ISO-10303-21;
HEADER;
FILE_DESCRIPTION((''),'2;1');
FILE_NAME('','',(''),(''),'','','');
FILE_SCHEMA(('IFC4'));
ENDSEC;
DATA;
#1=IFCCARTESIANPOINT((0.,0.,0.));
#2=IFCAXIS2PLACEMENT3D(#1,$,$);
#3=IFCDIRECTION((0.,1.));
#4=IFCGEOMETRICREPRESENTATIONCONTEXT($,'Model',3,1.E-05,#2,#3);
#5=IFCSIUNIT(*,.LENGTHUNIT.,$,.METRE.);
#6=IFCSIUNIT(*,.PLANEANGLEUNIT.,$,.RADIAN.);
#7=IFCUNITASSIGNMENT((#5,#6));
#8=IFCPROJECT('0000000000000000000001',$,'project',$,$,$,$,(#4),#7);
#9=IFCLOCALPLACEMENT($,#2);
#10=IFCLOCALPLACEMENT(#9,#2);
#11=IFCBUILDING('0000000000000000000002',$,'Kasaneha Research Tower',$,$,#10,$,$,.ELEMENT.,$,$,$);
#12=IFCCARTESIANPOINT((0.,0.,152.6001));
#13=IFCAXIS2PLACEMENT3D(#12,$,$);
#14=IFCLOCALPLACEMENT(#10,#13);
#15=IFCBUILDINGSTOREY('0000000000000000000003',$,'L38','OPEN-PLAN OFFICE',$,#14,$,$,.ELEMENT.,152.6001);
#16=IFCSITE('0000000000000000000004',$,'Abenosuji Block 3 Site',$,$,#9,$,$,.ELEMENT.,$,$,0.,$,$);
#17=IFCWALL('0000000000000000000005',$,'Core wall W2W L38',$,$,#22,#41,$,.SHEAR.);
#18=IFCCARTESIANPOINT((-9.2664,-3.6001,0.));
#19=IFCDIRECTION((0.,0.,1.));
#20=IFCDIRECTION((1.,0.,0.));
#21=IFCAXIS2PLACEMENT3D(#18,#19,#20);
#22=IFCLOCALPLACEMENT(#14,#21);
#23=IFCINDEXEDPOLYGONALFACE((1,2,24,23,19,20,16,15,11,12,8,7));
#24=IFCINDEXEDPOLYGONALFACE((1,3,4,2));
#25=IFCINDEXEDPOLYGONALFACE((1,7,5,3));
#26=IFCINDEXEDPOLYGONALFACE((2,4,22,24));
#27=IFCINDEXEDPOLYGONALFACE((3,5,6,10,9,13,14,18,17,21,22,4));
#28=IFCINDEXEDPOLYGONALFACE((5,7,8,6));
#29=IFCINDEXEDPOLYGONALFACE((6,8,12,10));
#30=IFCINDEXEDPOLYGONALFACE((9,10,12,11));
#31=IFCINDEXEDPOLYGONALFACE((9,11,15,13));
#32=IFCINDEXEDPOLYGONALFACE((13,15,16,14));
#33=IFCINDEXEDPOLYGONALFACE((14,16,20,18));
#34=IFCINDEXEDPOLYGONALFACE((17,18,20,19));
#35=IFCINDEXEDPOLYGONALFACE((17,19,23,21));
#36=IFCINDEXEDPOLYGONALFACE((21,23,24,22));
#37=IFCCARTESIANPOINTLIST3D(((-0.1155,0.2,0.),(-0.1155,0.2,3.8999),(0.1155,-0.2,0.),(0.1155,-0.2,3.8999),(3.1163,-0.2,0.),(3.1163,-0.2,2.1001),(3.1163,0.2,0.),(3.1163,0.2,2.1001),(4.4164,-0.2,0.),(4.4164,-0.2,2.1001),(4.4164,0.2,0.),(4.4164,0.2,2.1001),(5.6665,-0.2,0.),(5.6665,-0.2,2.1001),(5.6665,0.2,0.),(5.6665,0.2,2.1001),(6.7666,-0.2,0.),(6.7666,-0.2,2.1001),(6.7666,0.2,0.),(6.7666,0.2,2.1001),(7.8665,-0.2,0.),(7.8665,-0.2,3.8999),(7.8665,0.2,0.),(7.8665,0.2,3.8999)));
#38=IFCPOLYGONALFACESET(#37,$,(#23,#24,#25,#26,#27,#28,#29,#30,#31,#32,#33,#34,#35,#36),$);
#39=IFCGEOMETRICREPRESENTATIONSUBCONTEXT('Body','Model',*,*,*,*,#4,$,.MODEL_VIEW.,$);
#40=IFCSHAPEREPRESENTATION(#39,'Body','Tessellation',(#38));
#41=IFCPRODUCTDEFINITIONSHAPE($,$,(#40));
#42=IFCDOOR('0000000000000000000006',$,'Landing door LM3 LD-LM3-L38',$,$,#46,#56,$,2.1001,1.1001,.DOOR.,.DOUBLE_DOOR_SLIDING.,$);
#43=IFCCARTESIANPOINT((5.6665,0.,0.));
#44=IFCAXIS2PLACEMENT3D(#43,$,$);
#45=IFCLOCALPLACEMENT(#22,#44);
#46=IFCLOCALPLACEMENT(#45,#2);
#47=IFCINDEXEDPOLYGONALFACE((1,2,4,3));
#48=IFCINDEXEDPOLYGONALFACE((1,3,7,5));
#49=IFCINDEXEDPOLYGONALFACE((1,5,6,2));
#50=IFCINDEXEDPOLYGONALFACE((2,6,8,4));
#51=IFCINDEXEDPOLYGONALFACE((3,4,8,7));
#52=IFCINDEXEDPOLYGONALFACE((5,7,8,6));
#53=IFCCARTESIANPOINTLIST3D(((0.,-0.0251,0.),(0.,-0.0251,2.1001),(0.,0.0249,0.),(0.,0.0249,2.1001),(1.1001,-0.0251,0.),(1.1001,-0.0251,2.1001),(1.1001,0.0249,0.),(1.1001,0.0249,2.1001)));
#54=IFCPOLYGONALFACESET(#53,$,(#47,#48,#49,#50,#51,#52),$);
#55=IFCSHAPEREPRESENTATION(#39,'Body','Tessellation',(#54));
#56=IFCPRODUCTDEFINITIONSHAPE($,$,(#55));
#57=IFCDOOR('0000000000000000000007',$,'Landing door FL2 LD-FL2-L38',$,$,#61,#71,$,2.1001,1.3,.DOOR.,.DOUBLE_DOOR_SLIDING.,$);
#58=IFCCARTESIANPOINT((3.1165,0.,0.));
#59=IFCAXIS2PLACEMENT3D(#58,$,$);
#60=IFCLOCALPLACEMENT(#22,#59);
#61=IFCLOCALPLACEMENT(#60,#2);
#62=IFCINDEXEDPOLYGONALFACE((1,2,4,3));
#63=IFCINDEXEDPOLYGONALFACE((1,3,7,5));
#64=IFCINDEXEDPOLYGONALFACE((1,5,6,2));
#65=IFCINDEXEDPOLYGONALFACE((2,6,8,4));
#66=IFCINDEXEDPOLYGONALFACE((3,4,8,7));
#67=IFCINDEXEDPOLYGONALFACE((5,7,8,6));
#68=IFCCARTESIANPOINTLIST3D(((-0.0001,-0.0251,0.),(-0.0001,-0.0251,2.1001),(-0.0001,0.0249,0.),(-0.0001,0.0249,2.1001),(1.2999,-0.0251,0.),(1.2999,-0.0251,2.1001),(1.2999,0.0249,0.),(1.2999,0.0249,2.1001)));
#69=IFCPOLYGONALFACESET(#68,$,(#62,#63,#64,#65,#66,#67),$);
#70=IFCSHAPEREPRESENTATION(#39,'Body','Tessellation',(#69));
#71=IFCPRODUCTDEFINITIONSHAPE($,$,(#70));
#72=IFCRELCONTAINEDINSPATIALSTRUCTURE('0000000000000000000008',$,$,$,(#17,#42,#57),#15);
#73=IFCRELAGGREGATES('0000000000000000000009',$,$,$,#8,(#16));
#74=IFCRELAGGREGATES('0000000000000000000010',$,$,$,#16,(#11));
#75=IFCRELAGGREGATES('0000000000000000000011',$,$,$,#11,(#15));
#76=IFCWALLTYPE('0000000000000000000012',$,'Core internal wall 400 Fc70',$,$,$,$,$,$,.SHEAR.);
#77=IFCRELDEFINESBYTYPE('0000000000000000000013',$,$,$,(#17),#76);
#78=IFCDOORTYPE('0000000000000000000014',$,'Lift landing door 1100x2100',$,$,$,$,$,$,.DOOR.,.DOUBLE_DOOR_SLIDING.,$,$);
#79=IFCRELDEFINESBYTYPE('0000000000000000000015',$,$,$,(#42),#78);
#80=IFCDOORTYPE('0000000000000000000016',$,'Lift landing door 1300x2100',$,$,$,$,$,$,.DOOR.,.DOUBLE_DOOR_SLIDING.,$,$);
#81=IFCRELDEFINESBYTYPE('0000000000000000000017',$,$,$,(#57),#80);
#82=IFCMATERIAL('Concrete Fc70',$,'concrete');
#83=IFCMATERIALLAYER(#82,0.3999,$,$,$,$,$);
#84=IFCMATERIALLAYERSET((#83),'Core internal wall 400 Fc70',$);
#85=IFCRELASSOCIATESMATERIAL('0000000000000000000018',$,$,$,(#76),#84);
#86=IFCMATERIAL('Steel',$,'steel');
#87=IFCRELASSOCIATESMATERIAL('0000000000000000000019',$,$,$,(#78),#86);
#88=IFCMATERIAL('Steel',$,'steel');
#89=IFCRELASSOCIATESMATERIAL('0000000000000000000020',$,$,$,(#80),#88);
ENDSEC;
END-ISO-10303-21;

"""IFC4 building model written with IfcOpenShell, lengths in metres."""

from ifc_helpers import new_model, si_unit, direction, frame, frame_2d, origin, place, context, subcontext, project, spatial, polyline, rectangle, outline, extrude, material, layer, layer_set, type_object, element, fill, save


model = new_model("IFC4")

# Units and contexts
model_context = context("Model", 3, precision=1e-05, world=origin(), true_north=direction((0.0, 1.0)))
body_context = subcontext(model_context, "Body", "Model", "MODEL_VIEW")
ifc_project = project(units=[si_unit("LENGTHUNIT", "METRE"), si_unit("PLANEANGLEUNIT", "RADIAN")], contexts=[model_context])

# Site, building, storey
site_placement = place(None, origin())
site = spatial("IfcSite", under=ifc_project, at=site_placement, Name="Abenosuji Block 3 Site", CompositionType="ELEMENT", RefElevation=0.0)
building_placement = place(site_placement, origin())
building = spatial("IfcBuilding", under=site, at=building_placement, Name="Kasaneha Research Tower", CompositionType="ELEMENT")
storey_placement = place(building_placement, frame((0.0, 0.0, 152.6001)))
storey = spatial("IfcBuildingStorey", under=building, at=storey_placement, Name="L38", Description="OPEN-PLAN OFFICE", CompositionType="ELEMENT", Elevation=152.6001)

# Wall, openings, doors
ifc_material_1 = material(Name="Concrete Fc70", Category="concrete")
ifc_layer_1 = layer(ifc_material_1, 0.3999)
ifc_layer_set_1 = layer_set([ifc_layer_1], Name="Core internal wall 400 Fc70")
wall_type_1 = type_object("IfcWallType", Name="Core internal wall 400 Fc70", PredefinedType="SHEAR", material=ifc_layer_set_1)
wall_1_placement = place(storey_placement, frame((-9.2664, -3.6001, 0.0), z_axis=(0.0, 0.0, 1.0), x_axis=(1.0, 0.0, 0.0)))
wall_1 = element("IfcWall", 1, at=wall_1_placement, inside=storey, type_object=wall_type_1, Name="Core wall W2W L38", PredefinedType="SHEAR", context=body_context, shape_type="SweptSolid", body=[
    extrude(outline(polyline([(0.1155, -0.2), (3.1165, -0.2), (4.4165, -0.2), (5.6665, -0.2), (6.7666, -0.2), (7.8665, -0.2), (7.8665, 0.2), (6.7666, 0.2), (5.6665, 0.2), (4.4165, 0.2), (3.1165, 0.2), (-0.1155, 0.2), (0.1155, -0.2)])), origin(), (0.0, 0.0, 1.0), 3.8999),
])
opening_1_placement = place(wall_1_placement, frame((5.6665, 0.0, 0.0)))
opening_1 = element("IfcOpeningElement", 2, at=opening_1_placement, cuts=wall_1, PredefinedType="OPENING", context=body_context, shape_type="SweptSolid", body=[
    extrude(rectangle(XDim=1.1001, YDim=2.1001, at=frame_2d((0.55, 1.05))), frame((0.0, 0.21, 0.0), z_axis=(0.0, -1.0, 0.0), x_axis=(1.0, 0.0, 0.0)), (0.0, 0.0, 1.0), 0.4199),
])
opening_2_placement = place(wall_1_placement, frame((3.1165, 0.0, 0.0)))
opening_2 = element("IfcOpeningElement", 3, at=opening_2_placement, cuts=wall_1, PredefinedType="OPENING", context=body_context, shape_type="SweptSolid", body=[
    extrude(rectangle(XDim=1.3, YDim=2.1001, at=frame_2d((0.6499, 1.05))), frame((0.0, 0.21, 0.0), z_axis=(0.0, -1.0, 0.0), x_axis=(1.0, 0.0, 0.0)), (0.0, 0.0, 1.0), 0.4199),
])
ifc_material_2 = material(Name="Steel", Category="steel")
door_type_1 = type_object("IfcDoorType", Name="Lift landing door 1100x2100", OperationType="DOUBLE_DOOR_SLIDING", PredefinedType="DOOR", material=ifc_material_2)
door_1_placement = place(opening_1_placement, origin())
door_1 = element("IfcDoor", 4, at=door_1_placement, inside=storey, type_object=door_type_1, Name="Landing door LM3 LD-LM3-L38", OperationType="DOUBLE_DOOR_SLIDING", OverallHeight=2.1001, OverallWidth=1.1001, PredefinedType="DOOR", context=body_context, shape_type="SweptSolid", body=[
    extrude(rectangle(XDim=1.1001, YDim=2.1001, at=frame_2d((0.55, 1.05))), frame((0.0, 0.0249, 0.0), z_axis=(0.0, -1.0, 0.0), x_axis=(1.0, 0.0, 0.0)), (0.0, 0.0, 1.0), 0.05),
])
fill(opening_1, door_1)
ifc_material_3 = material(Name="Steel", Category="steel")
door_type_2 = type_object("IfcDoorType", Name="Lift landing door 1300x2100", OperationType="DOUBLE_DOOR_SLIDING", PredefinedType="DOOR", material=ifc_material_3)
door_2_placement = place(opening_2_placement, origin())
door_2 = element("IfcDoor", 5, at=door_2_placement, inside=storey, type_object=door_type_2, Name="Landing door FL2 LD-FL2-L38", OperationType="DOUBLE_DOOR_SLIDING", OverallHeight=2.1001, OverallWidth=1.3, PredefinedType="DOOR", context=body_context, shape_type="SweptSolid", body=[
    extrude(rectangle(XDim=1.3, YDim=2.1001, at=frame_2d((0.6499, 1.05))), frame((0.0, 0.0249, 0.0), z_axis=(0.0, -1.0, 0.0), x_axis=(1.0, 0.0, 0.0)), (0.0, 0.0, 1.0), 0.05),
])
fill(opening_2, door_2)

save(model, "model.ifc")
